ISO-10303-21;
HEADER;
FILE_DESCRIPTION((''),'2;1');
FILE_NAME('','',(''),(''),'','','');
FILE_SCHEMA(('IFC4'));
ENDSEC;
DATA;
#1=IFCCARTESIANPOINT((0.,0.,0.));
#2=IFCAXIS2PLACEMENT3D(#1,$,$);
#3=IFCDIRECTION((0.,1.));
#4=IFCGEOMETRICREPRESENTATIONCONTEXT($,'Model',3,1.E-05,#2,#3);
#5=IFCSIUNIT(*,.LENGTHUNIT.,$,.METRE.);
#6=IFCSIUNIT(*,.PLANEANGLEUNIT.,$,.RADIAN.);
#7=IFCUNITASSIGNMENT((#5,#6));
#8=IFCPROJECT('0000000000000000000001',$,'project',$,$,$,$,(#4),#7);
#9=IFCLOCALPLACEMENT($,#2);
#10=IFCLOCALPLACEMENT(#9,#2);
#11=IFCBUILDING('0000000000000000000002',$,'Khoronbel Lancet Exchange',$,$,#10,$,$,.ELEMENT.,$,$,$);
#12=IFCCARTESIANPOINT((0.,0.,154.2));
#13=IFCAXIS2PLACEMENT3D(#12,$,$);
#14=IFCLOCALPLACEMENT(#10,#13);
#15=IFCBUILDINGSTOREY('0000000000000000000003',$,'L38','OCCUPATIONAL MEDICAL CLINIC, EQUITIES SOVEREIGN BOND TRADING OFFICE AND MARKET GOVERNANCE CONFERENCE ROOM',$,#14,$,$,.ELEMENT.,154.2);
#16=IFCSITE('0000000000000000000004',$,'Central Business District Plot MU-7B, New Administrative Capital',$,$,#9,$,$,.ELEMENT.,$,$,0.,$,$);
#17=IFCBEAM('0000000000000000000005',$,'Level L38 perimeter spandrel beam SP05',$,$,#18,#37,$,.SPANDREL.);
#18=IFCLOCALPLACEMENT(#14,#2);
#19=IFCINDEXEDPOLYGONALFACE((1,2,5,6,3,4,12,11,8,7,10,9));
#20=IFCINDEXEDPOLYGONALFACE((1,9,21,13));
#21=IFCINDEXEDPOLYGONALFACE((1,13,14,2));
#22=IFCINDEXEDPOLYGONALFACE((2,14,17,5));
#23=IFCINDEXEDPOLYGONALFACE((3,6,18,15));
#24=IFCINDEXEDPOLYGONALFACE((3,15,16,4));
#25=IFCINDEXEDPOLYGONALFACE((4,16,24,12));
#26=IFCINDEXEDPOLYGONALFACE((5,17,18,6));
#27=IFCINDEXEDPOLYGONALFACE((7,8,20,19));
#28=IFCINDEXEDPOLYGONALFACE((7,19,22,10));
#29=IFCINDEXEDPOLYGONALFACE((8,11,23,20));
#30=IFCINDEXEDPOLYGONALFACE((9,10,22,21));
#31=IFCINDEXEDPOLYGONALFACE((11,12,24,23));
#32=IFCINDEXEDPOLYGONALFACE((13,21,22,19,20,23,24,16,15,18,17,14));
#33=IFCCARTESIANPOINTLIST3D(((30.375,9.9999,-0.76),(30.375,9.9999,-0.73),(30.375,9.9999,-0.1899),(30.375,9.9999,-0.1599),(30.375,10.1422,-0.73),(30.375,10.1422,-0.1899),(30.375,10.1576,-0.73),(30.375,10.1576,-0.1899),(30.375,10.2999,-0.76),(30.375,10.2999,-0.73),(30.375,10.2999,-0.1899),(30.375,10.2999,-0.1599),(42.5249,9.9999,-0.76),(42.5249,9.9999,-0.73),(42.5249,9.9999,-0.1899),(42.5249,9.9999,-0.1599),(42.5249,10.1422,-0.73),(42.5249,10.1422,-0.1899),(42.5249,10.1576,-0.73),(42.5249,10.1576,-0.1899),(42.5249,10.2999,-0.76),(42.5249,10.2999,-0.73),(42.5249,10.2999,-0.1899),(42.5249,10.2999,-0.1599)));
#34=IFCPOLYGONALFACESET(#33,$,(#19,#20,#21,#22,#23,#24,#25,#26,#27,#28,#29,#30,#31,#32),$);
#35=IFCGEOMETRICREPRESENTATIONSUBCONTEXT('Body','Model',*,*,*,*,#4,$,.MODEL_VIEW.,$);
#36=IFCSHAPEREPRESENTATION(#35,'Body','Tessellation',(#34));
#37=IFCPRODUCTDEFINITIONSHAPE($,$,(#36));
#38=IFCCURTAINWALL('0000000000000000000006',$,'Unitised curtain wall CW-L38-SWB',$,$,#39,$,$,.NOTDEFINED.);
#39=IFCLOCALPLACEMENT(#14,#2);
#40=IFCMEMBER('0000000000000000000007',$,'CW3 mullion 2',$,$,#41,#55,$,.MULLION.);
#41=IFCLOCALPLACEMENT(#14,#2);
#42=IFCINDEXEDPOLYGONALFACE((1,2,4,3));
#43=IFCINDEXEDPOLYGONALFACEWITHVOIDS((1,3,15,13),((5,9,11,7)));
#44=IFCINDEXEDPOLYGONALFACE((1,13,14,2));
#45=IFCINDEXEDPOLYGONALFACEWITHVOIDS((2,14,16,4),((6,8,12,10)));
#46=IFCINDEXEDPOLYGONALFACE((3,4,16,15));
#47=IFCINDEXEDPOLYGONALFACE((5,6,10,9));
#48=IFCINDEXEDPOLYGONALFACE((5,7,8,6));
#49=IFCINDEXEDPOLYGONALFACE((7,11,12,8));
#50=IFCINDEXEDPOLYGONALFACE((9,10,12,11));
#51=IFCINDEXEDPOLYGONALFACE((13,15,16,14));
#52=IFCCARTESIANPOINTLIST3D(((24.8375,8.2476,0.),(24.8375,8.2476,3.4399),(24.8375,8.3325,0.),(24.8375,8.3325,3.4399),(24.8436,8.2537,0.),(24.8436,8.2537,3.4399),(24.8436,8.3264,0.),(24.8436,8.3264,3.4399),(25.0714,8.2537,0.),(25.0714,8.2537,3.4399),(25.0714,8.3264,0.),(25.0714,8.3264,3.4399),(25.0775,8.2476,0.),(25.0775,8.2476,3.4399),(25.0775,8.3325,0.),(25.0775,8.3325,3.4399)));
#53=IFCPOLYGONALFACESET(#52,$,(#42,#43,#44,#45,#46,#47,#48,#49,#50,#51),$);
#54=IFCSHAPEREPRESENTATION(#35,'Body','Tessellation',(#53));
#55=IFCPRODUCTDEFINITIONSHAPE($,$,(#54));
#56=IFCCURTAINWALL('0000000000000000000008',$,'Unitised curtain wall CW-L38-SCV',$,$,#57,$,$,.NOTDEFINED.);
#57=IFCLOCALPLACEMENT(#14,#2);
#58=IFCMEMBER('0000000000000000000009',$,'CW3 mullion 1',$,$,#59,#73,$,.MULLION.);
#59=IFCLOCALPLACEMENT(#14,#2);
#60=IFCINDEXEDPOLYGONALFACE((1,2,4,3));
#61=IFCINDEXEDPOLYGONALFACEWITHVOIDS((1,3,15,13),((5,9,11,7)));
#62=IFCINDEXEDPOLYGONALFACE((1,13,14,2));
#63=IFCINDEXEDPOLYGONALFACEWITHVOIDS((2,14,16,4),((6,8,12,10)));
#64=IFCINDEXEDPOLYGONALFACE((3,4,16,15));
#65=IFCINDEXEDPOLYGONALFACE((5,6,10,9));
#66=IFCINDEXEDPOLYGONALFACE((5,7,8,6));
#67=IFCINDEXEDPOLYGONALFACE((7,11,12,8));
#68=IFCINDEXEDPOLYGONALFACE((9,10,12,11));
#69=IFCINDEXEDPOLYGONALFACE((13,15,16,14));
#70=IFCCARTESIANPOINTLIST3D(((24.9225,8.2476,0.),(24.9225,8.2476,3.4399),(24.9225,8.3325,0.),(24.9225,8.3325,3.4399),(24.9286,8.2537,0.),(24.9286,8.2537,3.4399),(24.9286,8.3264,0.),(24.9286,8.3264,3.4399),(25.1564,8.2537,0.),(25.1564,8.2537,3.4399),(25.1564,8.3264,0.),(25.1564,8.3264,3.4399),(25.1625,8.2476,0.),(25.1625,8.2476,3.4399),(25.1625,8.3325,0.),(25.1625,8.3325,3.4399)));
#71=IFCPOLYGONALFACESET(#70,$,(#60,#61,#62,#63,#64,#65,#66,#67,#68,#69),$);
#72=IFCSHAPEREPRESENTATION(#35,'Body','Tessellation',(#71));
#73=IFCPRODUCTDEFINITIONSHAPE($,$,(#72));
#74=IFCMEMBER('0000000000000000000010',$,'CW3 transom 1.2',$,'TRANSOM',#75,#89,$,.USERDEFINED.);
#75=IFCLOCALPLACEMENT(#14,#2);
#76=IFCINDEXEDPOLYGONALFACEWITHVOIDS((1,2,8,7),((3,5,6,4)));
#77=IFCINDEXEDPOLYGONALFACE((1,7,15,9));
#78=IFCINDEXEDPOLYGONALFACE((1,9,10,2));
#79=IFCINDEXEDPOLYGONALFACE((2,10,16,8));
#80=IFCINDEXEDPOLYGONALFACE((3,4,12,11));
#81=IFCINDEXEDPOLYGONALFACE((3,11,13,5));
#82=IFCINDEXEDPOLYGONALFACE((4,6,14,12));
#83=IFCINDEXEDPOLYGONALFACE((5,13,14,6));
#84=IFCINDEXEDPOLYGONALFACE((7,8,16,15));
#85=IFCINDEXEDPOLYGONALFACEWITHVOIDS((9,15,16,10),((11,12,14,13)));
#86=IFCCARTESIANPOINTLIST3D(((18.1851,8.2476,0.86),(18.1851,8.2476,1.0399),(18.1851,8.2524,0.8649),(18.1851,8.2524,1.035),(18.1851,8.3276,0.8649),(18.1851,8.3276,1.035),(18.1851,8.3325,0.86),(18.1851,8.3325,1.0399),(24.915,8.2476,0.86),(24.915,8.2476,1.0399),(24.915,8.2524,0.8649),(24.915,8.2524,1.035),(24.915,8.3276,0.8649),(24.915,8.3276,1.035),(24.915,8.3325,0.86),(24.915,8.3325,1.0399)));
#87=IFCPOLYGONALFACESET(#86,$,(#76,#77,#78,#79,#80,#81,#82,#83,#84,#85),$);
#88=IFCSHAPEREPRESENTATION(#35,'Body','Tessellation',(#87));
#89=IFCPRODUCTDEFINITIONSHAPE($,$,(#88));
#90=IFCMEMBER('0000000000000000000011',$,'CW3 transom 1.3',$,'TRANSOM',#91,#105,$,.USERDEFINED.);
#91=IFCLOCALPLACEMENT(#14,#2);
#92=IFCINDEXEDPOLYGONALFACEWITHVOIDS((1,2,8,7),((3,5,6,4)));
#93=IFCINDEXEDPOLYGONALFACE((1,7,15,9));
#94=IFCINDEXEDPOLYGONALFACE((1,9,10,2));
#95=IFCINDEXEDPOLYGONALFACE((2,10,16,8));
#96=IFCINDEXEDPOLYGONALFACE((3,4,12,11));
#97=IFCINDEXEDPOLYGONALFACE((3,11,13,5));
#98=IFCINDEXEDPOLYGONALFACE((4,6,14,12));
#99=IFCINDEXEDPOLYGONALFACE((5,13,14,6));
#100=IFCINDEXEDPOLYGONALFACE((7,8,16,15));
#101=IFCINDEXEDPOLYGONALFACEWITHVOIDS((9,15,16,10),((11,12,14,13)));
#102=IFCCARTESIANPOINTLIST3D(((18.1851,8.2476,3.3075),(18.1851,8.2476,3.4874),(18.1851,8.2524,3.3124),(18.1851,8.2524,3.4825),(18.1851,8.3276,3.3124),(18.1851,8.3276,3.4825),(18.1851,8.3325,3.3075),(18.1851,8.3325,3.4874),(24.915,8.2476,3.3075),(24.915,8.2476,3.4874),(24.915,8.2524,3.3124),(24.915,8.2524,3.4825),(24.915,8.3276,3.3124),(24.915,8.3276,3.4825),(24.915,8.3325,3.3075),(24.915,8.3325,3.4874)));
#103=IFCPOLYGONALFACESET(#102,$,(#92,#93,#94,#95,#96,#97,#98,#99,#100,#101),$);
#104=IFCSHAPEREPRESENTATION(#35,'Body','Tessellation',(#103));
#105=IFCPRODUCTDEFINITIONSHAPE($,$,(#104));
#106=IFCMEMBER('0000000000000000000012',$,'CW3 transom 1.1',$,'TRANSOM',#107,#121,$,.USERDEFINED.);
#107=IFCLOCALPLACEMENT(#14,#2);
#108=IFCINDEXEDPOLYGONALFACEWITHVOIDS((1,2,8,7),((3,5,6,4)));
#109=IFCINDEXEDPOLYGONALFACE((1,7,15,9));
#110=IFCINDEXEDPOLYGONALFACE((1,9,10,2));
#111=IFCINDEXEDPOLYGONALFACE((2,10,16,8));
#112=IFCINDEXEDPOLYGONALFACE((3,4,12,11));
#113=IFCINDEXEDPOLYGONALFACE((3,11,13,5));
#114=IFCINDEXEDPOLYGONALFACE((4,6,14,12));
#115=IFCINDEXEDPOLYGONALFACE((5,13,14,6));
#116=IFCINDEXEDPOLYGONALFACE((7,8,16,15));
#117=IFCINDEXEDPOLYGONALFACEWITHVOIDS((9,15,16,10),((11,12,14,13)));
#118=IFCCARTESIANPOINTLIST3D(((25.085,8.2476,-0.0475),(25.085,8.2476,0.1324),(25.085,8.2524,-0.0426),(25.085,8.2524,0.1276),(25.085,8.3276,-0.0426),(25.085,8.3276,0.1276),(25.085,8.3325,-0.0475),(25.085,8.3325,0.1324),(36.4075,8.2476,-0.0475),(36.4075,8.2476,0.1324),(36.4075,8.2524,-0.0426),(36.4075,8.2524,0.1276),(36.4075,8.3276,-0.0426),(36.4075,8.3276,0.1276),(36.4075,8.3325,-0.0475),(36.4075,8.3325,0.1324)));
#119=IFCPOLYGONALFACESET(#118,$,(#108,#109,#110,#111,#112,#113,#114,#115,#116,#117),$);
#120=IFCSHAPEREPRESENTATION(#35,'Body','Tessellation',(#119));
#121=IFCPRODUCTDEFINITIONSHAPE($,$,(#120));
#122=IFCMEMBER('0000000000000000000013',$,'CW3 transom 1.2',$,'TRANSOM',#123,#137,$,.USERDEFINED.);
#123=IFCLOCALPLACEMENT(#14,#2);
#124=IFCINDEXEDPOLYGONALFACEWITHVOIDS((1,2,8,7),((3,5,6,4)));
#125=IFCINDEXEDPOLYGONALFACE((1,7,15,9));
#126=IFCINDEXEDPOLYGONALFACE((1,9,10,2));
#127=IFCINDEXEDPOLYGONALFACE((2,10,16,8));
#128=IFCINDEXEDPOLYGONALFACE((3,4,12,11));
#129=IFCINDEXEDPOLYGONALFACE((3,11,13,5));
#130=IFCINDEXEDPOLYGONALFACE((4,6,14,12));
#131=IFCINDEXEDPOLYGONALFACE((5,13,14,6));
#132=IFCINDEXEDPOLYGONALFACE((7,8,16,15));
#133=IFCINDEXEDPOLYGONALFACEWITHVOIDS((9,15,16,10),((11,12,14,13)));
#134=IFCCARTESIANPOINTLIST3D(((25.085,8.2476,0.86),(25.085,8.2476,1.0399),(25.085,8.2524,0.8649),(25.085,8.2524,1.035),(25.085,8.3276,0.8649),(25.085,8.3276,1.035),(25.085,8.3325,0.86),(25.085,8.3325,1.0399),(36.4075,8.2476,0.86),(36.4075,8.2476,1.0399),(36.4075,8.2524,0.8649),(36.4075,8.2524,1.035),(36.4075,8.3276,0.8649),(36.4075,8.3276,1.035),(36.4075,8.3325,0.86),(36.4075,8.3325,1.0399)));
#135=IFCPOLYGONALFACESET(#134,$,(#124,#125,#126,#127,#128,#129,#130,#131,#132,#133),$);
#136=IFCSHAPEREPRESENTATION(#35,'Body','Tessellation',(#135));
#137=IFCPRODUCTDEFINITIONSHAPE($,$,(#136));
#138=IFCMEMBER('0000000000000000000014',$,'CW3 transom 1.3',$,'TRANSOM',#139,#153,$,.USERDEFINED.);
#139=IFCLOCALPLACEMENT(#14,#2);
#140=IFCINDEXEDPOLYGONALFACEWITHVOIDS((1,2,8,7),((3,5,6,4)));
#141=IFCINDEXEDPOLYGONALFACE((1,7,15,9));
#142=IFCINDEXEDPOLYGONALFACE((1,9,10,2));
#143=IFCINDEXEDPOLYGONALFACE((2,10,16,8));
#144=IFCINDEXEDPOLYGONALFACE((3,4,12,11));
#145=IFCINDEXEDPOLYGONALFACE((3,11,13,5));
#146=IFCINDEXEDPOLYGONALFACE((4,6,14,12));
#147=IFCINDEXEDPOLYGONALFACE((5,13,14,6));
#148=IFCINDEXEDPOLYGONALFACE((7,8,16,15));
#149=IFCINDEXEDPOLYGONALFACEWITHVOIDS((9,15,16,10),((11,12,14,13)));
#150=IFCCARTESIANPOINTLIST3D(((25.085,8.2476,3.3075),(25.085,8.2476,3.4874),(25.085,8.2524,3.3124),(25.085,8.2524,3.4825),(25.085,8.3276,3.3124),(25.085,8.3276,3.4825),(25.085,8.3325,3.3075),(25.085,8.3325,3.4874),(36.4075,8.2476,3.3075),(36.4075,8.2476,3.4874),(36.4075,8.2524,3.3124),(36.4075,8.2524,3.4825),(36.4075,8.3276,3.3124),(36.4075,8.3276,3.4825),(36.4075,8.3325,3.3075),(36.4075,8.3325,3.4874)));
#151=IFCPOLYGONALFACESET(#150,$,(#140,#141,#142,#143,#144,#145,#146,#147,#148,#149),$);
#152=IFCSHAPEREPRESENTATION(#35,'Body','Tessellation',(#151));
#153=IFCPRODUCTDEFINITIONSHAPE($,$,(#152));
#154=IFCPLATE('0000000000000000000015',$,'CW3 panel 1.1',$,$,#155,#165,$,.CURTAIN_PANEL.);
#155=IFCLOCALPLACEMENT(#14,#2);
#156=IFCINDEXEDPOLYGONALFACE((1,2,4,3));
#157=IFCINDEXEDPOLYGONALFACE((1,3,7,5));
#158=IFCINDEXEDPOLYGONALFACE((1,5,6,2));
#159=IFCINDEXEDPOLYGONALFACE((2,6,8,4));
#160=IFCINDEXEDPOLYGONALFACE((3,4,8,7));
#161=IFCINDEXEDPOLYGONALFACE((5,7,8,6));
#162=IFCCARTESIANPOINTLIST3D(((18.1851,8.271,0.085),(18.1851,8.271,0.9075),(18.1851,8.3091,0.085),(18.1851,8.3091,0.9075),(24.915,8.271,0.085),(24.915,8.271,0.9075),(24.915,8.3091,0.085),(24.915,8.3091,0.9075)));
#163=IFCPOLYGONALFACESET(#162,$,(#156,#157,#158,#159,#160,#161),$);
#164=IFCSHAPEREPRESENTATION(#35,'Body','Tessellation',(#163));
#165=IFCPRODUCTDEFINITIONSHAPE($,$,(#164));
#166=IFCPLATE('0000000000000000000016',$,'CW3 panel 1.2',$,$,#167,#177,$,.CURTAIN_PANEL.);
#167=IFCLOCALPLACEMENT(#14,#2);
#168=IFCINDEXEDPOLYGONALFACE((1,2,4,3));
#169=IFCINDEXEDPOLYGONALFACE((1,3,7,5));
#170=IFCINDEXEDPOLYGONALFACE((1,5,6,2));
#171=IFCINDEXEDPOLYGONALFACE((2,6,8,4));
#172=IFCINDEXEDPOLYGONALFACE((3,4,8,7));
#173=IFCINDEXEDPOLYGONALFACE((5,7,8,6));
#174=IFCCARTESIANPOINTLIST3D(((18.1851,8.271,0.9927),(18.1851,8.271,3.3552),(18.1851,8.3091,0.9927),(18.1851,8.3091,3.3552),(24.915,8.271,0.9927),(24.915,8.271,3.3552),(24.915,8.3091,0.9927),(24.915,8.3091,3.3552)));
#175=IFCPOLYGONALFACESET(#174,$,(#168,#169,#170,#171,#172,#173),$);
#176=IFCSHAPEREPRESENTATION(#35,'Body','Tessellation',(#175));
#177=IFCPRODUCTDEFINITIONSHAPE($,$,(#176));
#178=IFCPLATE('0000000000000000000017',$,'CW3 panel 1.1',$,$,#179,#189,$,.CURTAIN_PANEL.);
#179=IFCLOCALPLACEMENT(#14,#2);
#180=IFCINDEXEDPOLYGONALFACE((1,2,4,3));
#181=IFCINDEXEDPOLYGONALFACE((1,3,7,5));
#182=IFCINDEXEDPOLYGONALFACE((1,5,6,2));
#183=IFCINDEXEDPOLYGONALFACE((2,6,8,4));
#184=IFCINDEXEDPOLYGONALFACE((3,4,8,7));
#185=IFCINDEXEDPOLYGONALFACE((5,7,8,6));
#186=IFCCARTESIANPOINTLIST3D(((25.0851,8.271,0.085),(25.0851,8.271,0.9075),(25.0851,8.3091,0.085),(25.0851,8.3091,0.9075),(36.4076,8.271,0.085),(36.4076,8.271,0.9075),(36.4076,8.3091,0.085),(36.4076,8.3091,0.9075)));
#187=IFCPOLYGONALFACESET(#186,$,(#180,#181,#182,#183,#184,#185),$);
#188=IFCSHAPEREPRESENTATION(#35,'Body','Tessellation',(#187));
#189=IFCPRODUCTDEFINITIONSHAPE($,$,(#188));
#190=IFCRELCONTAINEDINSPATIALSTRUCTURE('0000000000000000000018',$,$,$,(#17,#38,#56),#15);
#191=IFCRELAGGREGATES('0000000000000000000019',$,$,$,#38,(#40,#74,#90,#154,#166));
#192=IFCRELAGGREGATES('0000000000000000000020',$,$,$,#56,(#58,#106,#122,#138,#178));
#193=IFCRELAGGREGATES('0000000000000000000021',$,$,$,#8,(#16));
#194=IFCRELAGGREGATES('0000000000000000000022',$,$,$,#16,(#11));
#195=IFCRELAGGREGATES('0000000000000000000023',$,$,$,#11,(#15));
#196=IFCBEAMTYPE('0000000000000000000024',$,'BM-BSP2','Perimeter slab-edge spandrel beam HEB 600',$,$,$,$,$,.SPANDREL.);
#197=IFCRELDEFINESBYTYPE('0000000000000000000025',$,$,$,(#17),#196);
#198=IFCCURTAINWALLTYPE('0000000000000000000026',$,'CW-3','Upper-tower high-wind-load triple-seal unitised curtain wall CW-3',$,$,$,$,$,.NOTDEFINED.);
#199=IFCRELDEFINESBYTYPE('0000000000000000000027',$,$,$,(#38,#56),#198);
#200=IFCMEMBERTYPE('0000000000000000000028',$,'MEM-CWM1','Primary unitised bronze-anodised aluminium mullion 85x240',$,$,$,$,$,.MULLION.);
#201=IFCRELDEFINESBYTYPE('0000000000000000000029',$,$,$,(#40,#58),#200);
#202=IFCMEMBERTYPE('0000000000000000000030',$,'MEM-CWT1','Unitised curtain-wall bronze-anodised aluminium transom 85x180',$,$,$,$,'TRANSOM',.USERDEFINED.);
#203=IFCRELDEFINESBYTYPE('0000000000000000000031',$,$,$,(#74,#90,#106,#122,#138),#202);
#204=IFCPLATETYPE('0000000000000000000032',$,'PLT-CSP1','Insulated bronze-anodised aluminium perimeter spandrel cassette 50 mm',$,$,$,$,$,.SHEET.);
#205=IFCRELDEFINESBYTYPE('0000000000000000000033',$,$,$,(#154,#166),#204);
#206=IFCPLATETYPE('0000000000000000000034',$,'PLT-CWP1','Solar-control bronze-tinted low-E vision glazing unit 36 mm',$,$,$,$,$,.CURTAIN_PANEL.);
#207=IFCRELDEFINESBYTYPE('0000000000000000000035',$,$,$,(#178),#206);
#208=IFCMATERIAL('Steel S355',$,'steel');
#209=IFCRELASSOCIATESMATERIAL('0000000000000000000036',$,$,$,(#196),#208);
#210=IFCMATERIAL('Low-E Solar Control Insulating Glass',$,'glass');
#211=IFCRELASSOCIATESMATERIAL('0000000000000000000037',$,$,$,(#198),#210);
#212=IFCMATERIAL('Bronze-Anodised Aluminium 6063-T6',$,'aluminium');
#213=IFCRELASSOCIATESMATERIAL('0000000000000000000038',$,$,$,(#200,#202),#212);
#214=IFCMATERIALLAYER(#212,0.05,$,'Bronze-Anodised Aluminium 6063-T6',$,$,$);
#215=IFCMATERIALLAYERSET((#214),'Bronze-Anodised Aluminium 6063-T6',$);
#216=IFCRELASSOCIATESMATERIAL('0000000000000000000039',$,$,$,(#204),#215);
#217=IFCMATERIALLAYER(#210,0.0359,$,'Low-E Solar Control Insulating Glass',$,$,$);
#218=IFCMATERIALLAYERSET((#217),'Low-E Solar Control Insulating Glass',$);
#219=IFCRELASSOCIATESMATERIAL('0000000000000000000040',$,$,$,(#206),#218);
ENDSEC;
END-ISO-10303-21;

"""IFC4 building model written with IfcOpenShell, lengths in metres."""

from ifc_helpers import new_model, si_unit, direction, frame, origin, origin_2d, place, context, subcontext, project, spatial, rectangle, hollow_rectangle, i_section, extrude, material, layer, layer_set, material_profile, profile_set, type_object, element, aggregate, save


model = new_model("IFC4")

# Units and contexts
model_context = context("Model", 3, precision=1e-05, world=origin(), true_north=direction((0.0, 1.0)))
body_context = subcontext(model_context, "Body", "Model", "MODEL_VIEW")
ifc_project = project(units=[si_unit("LENGTHUNIT", "METRE"), si_unit("PLANEANGLEUNIT", "RADIAN")], contexts=[model_context])

# Site, building, storey
site_placement = place(None, origin())
site = spatial("IfcSite", under=ifc_project, at=site_placement, Name="Central Business District Plot MU-7B, New Administrative Capital", CompositionType="ELEMENT", RefElevation=0.0)
building_placement = place(site_placement, origin())
building = spatial("IfcBuilding", under=site, at=building_placement, Name="Khoronbel Lancet Exchange", CompositionType="ELEMENT")
storey_placement = place(building_placement, frame((0.0, 0.0, 154.2)))
storey = spatial("IfcBuildingStorey", under=building, at=storey_placement, Name="L38", Description="OCCUPATIONAL MEDICAL CLINIC, EQUITIES SOVEREIGN BOND TRADING OFFICE AND MARKET GOVERNANCE CONFERENCE ROOM", CompositionType="ELEMENT", Elevation=154.2)

# Beam
ifc_material_1 = material(Name="Steel S355", Category="steel")
ifc_material_profile_1 = material_profile(ifc_material_1, i_section(OverallWidth=0.3, OverallDepth=0.6001, WebThickness=0.0154, FlangeThickness=0.03, at=origin_2d()), Name="HEB 600")
ifc_profile_set_1 = profile_set([ifc_material_profile_1], Name="Steel S355")
beam_type_1 = type_object("IfcBeamType", Name="BM-BSP2", Description="Perimeter slab-edge spandrel beam HEB 600", PredefinedType="SPANDREL", material=ifc_profile_set_1)
beam_1_placement = place(storey_placement, frame((30.375, 10.1499, -0.46), z_axis=(1.0, 0.0, 0.0), x_axis=(0.0, 1.0, 0.0)))
element("IfcBeam", 1, at=beam_1_placement, inside=storey, type_object=beam_type_1, Name="Level L38 perimeter spandrel beam SP05", PredefinedType="SPANDREL", context=body_context, shape_type="SweptSolid", body=[
    extrude(i_section(OverallWidth=0.3, OverallDepth=0.6001, WebThickness=0.0154, FlangeThickness=0.03, at=origin_2d()), origin(), (0.0, 0.0, 1.0), 12.1499),
])

# Curtain walls, members
ifc_material_2 = material(Name="Low-E Solar Control Insulating Glass", Category="glass")
curtain_wall_type = type_object("IfcCurtainWallType", Name="CW-3", Description="Upper-tower high-wind-load triple-seal unitised curtain wall CW-3", PredefinedType="NOTDEFINED", material=ifc_material_2)
curtain_wall_1_placement = place(storey_placement, origin())
curtain_wall_1 = element("IfcCurtainWall", 2, at=curtain_wall_1_placement, inside=storey, type_object=curtain_wall_type, Name="Unitised curtain wall CW-L38-SWB", PredefinedType="NOTDEFINED")
ifc_material_3 = material(Name="Bronze-Anodised Aluminium 6063-T6", Category="aluminium")
ifc_material_profile_2 = material_profile(ifc_material_3, hollow_rectangle(XDim=0.085, YDim=0.24, WallThickness=0.0061, at=origin_2d()), Name="ALU MULLION 85x240")
ifc_profile_set_2 = profile_set([ifc_material_profile_2], Name="Bronze-Anodised Aluminium 6063-T6")
member_type_1 = type_object("IfcMemberType", Name="MEM-CWM1", Description="Primary unitised bronze-anodised aluminium mullion 85x240", PredefinedType="MULLION", material=ifc_profile_set_2)
member_1_placement = place(storey_placement, frame((24.9575, 8.29, 0.0), z_axis=(0.0, 0.0, 1.0), x_axis=(0.0, 1.0, 0.0)))
member_1 = element("IfcMember", 3, at=member_1_placement, type_object=member_type_1, Name="CW3 mullion 2", PredefinedType="MULLION", context=body_context, shape_type="SweptSolid", body=[
    extrude(hollow_rectangle(XDim=0.085, YDim=0.24, WallThickness=0.0061, at=origin_2d()), origin(), (0.0, 0.0, 1.0), 3.4399),
])
curtain_wall_2_placement = place(storey_placement, origin())
curtain_wall_2 = element("IfcCurtainWall", 4, at=curtain_wall_2_placement, inside=storey, type_object=curtain_wall_type, Name="Unitised curtain wall CW-L38-SCV", PredefinedType="NOTDEFINED")
member_2_placement = place(storey_placement, frame((25.0425, 8.29, 0.0), z_axis=(0.0, 0.0, 1.0), x_axis=(0.0, 1.0, 0.0)))
member_2 = element("IfcMember", 5, at=member_2_placement, type_object=member_type_1, Name="CW3 mullion 1", PredefinedType="MULLION", context=body_context, shape_type="SweptSolid", body=[
    extrude(hollow_rectangle(XDim=0.085, YDim=0.24, WallThickness=0.0061, at=origin_2d()), origin(), (0.0, 0.0, 1.0), 3.4399),
])

# Members
ifc_material_profile_3 = material_profile(ifc_material_3, hollow_rectangle(XDim=0.085, YDim=0.1799, WallThickness=0.0049, at=origin_2d()), Name="ALU TRANSOM 85x180")
ifc_profile_set_3 = profile_set([ifc_material_profile_3], Name="Bronze-Anodised Aluminium 6063-T6")
member_type_2 = type_object("IfcMemberType", Name="MEM-CWT1", Description="Unitised curtain-wall bronze-anodised aluminium transom 85x180", ElementType="TRANSOM", PredefinedType="USERDEFINED", material=ifc_profile_set_3)
member_3_placement = place(storey_placement, frame((18.1851, 8.29, 0.95), z_axis=(1.0, 0.0, 0.0), x_axis=(0.0, 1.0, 0.0)))
member_3 = element("IfcMember", 6, at=member_3_placement, type_object=member_type_2, Name="CW3 transom 1.2", ObjectType="TRANSOM", PredefinedType="USERDEFINED", context=body_context, shape_type="SweptSolid", body=[
    extrude(hollow_rectangle(XDim=0.085, YDim=0.1799, WallThickness=0.0049, at=origin_2d()), origin(), (0.0, 0.0, 1.0), 6.73),
])
member_4_placement = place(storey_placement, frame((18.1851, 8.29, 3.3975), z_axis=(1.0, 0.0, 0.0), x_axis=(0.0, 1.0, 0.0)))
member_4 = element("IfcMember", 7, at=member_4_placement, type_object=member_type_2, Name="CW3 transom 1.3", ObjectType="TRANSOM", PredefinedType="USERDEFINED", context=body_context, shape_type="SweptSolid", body=[
    extrude(hollow_rectangle(XDim=0.085, YDim=0.1799, WallThickness=0.0049, at=origin_2d()), origin(), (0.0, 0.0, 1.0), 6.73),
])
member_5_placement = place(storey_placement, frame((25.085, 8.29, 0.0425), z_axis=(1.0, 0.0, 0.0), x_axis=(0.0, 1.0, 0.0)))
member_5 = element("IfcMember", 8, at=member_5_placement, type_object=member_type_2, Name="CW3 transom 1.1", ObjectType="TRANSOM", PredefinedType="USERDEFINED", context=body_context, shape_type="SweptSolid", body=[
    extrude(hollow_rectangle(XDim=0.085, YDim=0.1799, WallThickness=0.0049, at=origin_2d()), origin(), (0.0, 0.0, 1.0), 11.3225),
])
member_6_placement = place(storey_placement, frame((25.085, 8.29, 0.95), z_axis=(1.0, 0.0, 0.0), x_axis=(0.0, 1.0, 0.0)))
member_6 = element("IfcMember", 9, at=member_6_placement, type_object=member_type_2, Name="CW3 transom 1.2", ObjectType="TRANSOM", PredefinedType="USERDEFINED", context=body_context, shape_type="SweptSolid", body=[
    extrude(hollow_rectangle(XDim=0.085, YDim=0.1799, WallThickness=0.0049, at=origin_2d()), origin(), (0.0, 0.0, 1.0), 11.3225),
])
member_7_placement = place(storey_placement, frame((25.085, 8.29, 3.3975), z_axis=(1.0, 0.0, 0.0), x_axis=(0.0, 1.0, 0.0)))
member_7 = element("IfcMember", 10, at=member_7_placement, type_object=member_type_2, Name="CW3 transom 1.3", ObjectType="TRANSOM", PredefinedType="USERDEFINED", context=body_context, shape_type="SweptSolid", body=[
    extrude(hollow_rectangle(XDim=0.085, YDim=0.1799, WallThickness=0.0049, at=origin_2d()), origin(), (0.0, 0.0, 1.0), 11.3225),
])

# Plates
ifc_layer_1 = layer(ifc_material_3, 0.05, Name="Bronze-Anodised Aluminium 6063-T6")
ifc_layer_set_1 = layer_set([ifc_layer_1], Name="Bronze-Anodised Aluminium 6063-T6")
plate_type_1 = type_object("IfcPlateType", Name="PLT-CSP1", Description="Insulated bronze-anodised aluminium perimeter spandrel cassette 50 mm", PredefinedType="SHEET", material=ifc_layer_set_1)
plate_1_placement = place(storey_placement, frame((21.55, 8.29, 0.085), z_axis=(0.0, 0.0, 1.0), x_axis=(1.0, 0.0, 0.0)))
plate_1 = element("IfcPlate", 11, at=plate_1_placement, type_object=plate_type_1, Name="CW3 panel 1.1", PredefinedType="CURTAIN_PANEL", context=body_context, shape_type="SweptSolid", body=[
    extrude(rectangle(XDim=6.73, YDim=0.0381, at=origin_2d()), origin(), (0.0, 0.0, 1.0), 0.8225),
])
plate_2_placement = place(storey_placement, frame((21.55, 8.29, 0.9927), z_axis=(0.0, 0.0, 1.0), x_axis=(1.0, 0.0, 0.0)))
plate_2 = element("IfcPlate", 12, at=plate_2_placement, type_object=plate_type_1, Name="CW3 panel 1.2", PredefinedType="CURTAIN_PANEL", context=body_context, shape_type="SweptSolid", body=[
    extrude(rectangle(XDim=6.73, YDim=0.0381, at=origin_2d()), origin(), (0.0, 0.0, 1.0), 2.3625),
])
aggregate(curtain_wall_1, [member_1, member_3, member_4, plate_1, plate_2])
ifc_layer_2 = layer(ifc_material_2, 0.0359, Name="Low-E Solar Control Insulating Glass")
ifc_layer_set_2 = layer_set([ifc_layer_2], Name="Low-E Solar Control Insulating Glass")
plate_type_2 = type_object("IfcPlateType", Name="PLT-CWP1", Description="Solar-control bronze-tinted low-E vision glazing unit 36 mm", PredefinedType="CURTAIN_PANEL", material=ifc_layer_set_2)
plate_3_placement = place(storey_placement, frame((30.7463, 8.29, 0.085), z_axis=(0.0, 0.0, 1.0), x_axis=(1.0, 0.0, 0.0)))
plate_3 = element("IfcPlate", 13, at=plate_3_placement, type_object=plate_type_2, Name="CW3 panel 1.1", PredefinedType="CURTAIN_PANEL", context=body_context, shape_type="SweptSolid", body=[
    extrude(rectangle(XDim=11.3225, YDim=0.0381, at=origin_2d()), origin(), (0.0, 0.0, 1.0), 0.8225),
])
aggregate(curtain_wall_2, [member_2, member_5, member_6, member_7, plate_3])

save(model, "model.ifc")
